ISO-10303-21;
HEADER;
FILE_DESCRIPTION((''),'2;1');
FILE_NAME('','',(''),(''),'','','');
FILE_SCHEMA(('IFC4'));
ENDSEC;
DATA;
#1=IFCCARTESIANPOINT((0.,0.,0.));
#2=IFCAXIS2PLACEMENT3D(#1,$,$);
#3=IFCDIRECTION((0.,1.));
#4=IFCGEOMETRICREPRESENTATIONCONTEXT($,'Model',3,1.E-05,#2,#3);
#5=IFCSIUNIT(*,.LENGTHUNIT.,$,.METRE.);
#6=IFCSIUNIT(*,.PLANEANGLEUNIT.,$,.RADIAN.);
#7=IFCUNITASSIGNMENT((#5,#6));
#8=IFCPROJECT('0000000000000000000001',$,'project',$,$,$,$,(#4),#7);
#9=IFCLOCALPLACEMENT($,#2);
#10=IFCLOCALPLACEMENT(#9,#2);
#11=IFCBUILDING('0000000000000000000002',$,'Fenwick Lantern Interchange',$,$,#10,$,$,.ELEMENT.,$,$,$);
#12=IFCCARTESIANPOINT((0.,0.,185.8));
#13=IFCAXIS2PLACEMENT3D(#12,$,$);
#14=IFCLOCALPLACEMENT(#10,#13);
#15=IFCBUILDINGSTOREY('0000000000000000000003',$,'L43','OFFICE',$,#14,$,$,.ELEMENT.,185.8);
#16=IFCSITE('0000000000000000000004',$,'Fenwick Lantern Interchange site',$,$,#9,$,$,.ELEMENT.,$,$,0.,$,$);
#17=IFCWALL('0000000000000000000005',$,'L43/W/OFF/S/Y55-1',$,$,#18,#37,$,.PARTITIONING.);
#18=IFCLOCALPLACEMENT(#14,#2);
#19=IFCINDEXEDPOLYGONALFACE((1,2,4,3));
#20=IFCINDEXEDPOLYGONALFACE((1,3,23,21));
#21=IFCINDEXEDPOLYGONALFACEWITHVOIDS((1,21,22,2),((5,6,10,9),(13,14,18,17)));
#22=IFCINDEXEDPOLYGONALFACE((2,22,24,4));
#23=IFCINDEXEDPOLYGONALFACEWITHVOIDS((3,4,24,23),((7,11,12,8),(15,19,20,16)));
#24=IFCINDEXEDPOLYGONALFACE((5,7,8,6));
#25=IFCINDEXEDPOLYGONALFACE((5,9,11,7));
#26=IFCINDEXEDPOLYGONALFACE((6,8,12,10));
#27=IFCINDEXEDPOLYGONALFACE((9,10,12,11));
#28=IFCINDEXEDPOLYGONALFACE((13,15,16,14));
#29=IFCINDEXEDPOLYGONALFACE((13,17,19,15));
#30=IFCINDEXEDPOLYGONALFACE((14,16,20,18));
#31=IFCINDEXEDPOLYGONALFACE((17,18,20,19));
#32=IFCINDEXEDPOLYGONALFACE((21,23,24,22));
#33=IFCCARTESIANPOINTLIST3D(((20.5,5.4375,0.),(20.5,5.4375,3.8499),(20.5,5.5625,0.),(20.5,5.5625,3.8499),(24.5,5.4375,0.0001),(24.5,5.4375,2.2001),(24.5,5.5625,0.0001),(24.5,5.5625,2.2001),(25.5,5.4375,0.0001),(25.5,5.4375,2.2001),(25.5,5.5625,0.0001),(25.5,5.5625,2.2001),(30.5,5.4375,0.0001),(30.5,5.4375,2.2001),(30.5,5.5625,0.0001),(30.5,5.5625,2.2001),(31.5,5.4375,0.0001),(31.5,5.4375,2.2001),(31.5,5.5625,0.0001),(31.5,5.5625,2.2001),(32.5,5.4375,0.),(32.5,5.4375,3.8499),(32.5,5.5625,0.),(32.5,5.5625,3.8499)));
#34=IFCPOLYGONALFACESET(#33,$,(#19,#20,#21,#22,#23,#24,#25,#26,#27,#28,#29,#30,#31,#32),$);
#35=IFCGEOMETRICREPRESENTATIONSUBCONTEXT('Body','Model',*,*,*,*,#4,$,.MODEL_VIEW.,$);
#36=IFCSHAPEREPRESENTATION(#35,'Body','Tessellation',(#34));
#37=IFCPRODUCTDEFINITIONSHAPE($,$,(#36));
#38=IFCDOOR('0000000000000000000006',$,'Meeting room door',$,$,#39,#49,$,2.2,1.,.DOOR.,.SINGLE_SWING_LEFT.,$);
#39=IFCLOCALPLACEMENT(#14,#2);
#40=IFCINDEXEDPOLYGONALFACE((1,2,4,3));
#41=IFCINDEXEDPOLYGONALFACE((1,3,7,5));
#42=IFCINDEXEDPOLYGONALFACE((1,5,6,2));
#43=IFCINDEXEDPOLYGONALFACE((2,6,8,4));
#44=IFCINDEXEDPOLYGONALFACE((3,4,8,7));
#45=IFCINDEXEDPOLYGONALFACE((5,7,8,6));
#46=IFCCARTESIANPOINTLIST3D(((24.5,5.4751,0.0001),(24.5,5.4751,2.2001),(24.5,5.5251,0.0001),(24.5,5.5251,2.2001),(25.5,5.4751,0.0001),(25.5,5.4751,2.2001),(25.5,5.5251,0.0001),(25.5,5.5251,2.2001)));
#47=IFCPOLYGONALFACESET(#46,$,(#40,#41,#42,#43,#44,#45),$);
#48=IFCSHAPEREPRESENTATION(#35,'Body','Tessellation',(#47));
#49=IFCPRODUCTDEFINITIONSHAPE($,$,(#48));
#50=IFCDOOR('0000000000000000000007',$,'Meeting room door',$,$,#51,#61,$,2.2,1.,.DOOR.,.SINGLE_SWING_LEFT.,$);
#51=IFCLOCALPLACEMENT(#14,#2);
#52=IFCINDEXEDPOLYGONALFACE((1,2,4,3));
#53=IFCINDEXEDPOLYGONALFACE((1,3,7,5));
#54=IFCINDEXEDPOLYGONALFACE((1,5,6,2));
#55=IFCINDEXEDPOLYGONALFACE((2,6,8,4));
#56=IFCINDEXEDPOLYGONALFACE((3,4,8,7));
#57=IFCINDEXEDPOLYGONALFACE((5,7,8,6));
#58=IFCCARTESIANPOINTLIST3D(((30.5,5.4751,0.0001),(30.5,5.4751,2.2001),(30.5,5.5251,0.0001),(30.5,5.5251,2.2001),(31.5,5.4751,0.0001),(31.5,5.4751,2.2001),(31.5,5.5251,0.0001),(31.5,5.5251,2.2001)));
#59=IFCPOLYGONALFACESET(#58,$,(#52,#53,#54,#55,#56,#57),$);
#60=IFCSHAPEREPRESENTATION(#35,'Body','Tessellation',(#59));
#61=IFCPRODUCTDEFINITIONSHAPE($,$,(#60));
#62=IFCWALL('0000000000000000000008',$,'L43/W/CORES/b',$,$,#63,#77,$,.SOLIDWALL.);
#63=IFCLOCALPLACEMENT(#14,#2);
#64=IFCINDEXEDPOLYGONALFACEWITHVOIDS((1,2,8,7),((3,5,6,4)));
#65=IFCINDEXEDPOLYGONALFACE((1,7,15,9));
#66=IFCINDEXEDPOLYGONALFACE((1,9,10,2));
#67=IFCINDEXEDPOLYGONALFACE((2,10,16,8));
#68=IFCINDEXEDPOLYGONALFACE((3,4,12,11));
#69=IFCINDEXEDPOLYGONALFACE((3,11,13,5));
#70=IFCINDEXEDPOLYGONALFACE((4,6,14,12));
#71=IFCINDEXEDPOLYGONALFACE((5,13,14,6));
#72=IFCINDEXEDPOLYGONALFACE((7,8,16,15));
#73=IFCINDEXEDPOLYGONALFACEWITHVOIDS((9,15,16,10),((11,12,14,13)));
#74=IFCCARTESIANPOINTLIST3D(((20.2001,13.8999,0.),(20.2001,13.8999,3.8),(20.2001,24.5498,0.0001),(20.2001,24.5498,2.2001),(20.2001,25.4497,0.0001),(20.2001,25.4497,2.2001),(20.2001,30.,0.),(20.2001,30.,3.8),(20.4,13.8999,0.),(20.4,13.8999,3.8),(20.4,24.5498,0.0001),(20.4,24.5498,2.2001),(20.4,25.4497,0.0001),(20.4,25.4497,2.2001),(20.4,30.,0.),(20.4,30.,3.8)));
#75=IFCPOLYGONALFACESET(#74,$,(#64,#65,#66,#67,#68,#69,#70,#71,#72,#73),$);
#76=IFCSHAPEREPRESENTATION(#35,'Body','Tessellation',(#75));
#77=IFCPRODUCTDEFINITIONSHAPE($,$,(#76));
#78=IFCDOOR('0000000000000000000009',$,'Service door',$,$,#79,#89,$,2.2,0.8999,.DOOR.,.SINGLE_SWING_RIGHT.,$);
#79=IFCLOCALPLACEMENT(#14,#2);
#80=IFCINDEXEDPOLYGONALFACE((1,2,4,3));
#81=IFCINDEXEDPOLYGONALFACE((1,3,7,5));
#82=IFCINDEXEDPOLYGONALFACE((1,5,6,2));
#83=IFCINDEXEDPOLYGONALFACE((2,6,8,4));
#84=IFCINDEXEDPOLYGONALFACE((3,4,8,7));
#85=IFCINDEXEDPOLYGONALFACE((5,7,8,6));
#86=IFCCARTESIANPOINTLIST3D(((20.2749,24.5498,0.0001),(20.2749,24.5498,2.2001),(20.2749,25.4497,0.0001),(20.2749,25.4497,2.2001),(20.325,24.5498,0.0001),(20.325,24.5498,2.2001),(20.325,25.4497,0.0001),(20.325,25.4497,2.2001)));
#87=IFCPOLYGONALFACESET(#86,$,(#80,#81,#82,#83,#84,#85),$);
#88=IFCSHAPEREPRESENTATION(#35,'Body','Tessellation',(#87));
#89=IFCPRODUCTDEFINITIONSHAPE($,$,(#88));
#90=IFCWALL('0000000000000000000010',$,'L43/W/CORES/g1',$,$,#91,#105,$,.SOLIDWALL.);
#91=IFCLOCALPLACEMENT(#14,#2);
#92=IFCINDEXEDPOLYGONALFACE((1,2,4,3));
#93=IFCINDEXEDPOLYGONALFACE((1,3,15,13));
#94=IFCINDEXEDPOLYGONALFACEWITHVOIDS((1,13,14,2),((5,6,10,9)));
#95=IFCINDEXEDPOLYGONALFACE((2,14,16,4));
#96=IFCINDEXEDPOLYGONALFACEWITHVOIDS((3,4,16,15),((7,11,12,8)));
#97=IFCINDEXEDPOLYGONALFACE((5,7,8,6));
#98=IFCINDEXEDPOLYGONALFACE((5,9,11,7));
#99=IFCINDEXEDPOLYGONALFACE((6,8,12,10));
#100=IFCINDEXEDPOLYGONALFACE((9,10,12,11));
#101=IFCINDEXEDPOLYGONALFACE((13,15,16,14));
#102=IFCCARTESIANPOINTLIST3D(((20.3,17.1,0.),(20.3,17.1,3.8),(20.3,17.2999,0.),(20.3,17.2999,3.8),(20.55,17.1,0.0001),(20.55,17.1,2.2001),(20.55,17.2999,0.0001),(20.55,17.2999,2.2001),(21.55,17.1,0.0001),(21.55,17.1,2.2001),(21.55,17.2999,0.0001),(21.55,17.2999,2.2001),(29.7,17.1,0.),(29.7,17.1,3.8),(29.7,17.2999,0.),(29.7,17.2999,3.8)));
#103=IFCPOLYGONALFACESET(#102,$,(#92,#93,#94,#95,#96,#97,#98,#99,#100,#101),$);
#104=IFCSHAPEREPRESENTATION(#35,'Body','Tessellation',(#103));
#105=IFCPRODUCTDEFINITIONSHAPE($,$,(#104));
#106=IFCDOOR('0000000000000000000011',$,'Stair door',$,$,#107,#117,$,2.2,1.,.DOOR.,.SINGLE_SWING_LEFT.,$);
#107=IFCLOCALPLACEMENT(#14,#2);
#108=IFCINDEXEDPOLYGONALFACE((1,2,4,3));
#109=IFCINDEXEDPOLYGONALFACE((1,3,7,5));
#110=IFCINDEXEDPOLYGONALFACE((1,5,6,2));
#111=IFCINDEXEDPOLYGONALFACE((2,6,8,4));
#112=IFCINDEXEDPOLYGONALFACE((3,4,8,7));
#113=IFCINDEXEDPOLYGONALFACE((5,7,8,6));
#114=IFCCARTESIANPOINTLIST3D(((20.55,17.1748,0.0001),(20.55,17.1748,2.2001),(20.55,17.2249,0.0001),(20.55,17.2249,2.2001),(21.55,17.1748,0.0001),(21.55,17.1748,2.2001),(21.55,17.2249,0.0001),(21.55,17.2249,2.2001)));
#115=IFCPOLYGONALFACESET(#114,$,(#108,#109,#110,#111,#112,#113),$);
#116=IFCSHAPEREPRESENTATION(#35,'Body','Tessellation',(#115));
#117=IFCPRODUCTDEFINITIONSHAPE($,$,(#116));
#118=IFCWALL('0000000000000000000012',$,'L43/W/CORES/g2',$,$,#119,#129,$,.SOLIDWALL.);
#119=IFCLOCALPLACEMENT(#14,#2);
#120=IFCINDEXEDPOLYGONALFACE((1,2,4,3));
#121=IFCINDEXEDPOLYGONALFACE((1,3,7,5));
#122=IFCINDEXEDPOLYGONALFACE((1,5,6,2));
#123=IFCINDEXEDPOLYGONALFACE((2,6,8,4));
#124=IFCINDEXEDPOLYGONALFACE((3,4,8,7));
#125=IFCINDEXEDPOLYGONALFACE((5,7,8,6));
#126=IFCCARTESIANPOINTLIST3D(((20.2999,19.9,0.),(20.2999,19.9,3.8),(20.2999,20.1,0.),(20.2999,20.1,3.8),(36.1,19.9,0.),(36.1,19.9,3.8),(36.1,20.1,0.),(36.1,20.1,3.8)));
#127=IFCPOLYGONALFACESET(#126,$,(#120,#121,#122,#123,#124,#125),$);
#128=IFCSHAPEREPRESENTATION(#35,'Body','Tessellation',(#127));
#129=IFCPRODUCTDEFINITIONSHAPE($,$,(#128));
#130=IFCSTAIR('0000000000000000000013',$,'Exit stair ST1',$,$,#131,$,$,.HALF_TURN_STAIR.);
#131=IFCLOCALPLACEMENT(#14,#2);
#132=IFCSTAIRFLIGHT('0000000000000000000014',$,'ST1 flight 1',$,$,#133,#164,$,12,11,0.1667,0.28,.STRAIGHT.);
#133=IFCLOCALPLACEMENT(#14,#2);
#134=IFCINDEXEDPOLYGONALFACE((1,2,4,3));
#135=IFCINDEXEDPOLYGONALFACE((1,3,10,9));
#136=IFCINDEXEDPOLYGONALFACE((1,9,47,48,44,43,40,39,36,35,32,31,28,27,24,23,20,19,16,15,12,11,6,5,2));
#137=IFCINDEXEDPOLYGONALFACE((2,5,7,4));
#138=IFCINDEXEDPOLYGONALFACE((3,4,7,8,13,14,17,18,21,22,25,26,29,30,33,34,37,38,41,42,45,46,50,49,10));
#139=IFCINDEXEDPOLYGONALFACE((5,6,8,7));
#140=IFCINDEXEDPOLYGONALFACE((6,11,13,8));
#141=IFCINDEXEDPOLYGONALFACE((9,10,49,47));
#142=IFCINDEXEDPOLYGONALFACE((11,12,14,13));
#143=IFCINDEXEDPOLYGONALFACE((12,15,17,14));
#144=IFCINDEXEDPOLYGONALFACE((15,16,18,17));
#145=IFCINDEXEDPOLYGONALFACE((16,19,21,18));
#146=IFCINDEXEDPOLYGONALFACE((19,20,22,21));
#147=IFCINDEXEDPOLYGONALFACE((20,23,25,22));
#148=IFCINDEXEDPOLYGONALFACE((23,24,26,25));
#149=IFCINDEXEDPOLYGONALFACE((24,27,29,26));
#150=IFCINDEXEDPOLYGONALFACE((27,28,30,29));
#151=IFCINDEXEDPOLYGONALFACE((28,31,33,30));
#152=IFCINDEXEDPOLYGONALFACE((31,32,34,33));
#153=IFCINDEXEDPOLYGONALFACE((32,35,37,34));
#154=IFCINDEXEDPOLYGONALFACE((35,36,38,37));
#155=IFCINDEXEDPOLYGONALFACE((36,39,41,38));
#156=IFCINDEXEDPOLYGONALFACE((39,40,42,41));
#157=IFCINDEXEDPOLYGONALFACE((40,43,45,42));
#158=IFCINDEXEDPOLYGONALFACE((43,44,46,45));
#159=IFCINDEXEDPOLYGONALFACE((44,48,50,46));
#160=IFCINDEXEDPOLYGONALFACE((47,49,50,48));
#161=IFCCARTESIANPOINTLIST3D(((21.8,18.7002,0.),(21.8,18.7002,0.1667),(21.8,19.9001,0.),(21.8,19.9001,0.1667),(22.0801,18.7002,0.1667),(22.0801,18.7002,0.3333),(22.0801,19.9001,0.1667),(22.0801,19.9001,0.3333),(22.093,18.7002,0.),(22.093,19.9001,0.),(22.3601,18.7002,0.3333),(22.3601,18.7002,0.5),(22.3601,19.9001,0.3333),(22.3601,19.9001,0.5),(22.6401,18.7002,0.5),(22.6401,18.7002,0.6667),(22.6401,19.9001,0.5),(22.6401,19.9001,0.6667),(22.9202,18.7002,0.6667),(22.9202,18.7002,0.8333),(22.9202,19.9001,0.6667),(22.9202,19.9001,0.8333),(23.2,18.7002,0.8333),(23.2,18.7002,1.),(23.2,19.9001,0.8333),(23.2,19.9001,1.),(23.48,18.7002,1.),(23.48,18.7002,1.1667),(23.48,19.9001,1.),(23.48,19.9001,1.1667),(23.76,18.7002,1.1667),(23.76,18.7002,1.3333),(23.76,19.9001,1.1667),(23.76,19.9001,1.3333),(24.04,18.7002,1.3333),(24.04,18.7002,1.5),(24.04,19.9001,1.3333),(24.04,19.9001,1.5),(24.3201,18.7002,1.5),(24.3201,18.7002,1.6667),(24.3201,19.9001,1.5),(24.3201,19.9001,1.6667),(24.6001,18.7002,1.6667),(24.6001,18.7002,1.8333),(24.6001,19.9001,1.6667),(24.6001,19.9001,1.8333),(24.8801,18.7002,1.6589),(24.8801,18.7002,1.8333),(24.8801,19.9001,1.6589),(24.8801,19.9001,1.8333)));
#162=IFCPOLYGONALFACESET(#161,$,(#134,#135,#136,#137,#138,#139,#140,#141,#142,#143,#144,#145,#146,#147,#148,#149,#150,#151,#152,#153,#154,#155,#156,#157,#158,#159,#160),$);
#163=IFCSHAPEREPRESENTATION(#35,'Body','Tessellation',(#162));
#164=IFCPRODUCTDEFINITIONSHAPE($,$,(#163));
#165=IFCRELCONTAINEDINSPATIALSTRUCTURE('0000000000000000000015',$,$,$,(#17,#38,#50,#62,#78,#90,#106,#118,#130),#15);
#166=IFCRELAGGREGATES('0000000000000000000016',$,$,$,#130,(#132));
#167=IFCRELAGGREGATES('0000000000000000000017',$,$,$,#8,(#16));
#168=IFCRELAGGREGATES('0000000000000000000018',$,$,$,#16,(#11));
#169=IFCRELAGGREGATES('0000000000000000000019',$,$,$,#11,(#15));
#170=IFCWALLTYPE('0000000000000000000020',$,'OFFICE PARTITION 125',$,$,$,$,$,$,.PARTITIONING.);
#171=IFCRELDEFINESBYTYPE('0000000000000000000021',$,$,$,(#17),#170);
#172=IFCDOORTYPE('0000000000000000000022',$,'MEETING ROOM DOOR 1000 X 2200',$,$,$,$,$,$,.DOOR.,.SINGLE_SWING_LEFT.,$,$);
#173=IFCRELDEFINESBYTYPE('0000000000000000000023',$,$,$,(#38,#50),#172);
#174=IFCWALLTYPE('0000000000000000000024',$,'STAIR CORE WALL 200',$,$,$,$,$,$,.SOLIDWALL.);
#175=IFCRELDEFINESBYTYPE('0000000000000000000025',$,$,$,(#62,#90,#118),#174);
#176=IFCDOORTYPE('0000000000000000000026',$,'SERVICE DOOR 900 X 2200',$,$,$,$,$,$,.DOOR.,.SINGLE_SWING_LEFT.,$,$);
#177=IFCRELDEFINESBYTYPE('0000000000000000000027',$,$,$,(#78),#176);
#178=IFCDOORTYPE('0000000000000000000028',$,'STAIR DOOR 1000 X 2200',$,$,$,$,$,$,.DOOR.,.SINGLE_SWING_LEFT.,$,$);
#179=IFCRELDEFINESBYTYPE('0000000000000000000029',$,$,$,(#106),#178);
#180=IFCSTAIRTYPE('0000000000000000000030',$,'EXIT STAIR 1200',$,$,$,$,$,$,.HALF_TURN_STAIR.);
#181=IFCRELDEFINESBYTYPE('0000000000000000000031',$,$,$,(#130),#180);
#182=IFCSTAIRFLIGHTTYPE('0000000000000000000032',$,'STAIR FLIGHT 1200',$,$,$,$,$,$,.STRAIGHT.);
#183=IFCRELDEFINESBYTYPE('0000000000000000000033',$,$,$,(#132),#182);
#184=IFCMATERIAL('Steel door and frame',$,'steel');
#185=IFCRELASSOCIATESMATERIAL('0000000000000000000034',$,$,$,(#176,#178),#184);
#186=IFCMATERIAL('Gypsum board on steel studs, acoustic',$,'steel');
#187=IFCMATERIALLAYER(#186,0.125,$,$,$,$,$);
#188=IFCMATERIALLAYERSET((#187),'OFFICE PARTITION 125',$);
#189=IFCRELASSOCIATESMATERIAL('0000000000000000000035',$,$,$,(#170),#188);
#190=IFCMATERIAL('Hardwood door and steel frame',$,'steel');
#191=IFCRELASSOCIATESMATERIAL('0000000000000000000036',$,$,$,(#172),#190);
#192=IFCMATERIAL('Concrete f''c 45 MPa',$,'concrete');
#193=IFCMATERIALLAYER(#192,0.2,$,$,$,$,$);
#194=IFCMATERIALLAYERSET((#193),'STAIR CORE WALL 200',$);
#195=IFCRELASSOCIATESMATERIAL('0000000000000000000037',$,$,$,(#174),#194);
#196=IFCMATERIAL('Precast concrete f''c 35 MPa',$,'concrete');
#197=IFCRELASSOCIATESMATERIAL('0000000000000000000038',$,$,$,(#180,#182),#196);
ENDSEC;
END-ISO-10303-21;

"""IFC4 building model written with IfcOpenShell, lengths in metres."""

from ifc_helpers import new_model, si_unit, direction, frame, frame_2d, origin, place, context, subcontext, project, spatial, polyline, rectangle, outline, extrude, material, layer, layer_set, type_object, element, fill, aggregate, save


model = new_model("IFC4")

# Units and contexts
model_context = context("Model", 3, precision=1e-05, world=origin(), true_north=direction((0.0, 1.0)))
body_context = subcontext(model_context, "Body", "Model", "MODEL_VIEW")
ifc_project = project(units=[si_unit("LENGTHUNIT", "METRE"), si_unit("PLANEANGLEUNIT", "RADIAN")], contexts=[model_context])

# Site, building, storey
site_placement = place(None, origin())
site = spatial("IfcSite", under=ifc_project, at=site_placement, Name="Fenwick Lantern Interchange site", CompositionType="ELEMENT", RefElevation=0.0)
building_placement = place(site_placement, origin())
building = spatial("IfcBuilding", under=site, at=building_placement, Name="Fenwick Lantern Interchange", CompositionType="ELEMENT")
storey_placement = place(building_placement, frame((0.0, 0.0, 185.8)))
storey = spatial("IfcBuildingStorey", under=building, at=storey_placement, Name="L43", Description="OFFICE", CompositionType="ELEMENT", Elevation=185.8)

# Shared definitions
ifc_material_1 = material(Name="Steel door and frame", Category="steel")
door_type_1 = type_object("IfcDoorType", Name="SERVICE DOOR 900 X 2200", OperationType="SINGLE_SWING_LEFT", PredefinedType="DOOR", material=ifc_material_1)

# Shared definitions
ifc_material_2 = material(Name="Gypsum board on steel studs, acoustic", Category="steel")
ifc_layer_1 = layer(ifc_material_2, 0.125)
ifc_layer_set_1 = layer_set([ifc_layer_1], Name="OFFICE PARTITION 125")
wall_type_1 = type_object("IfcWallType", Name="OFFICE PARTITION 125", PredefinedType="PARTITIONING", material=ifc_layer_set_1)

# Wall, openings, doors
wall_1_placement = place(storey_placement, frame((20.5, 5.5, 0.0), z_axis=(0.0, 0.0, 1.0), x_axis=(1.0, 0.0, 0.0)))
wall_1 = element("IfcWall", 1, at=wall_1_placement, inside=storey, type_object=wall_type_1, Name="L43/W/OFF/S/Y55-1", PredefinedType="PARTITIONING", context=body_context, shape_type="SweptSolid", body=[
    extrude(rectangle(XDim=12.0, YDim=0.125, at=frame_2d((6.0, 0.0))), origin(), (0.0, 0.0, 1.0), 3.8499),
])
opening_1_placement = place(wall_1_placement, frame((4.0, 0.0, 0.0)))
opening_1 = element("IfcOpeningElement", 2, at=opening_1_placement, cuts=wall_1, PredefinedType="OPENING", context=body_context, shape_type="SweptSolid", body=[
    extrude(rectangle(XDim=1.0, YDim=2.2, at=frame_2d((0.5, 1.1001))), frame((0.0, 0.0725, 0.0), z_axis=(0.0, -1.0, 0.0), x_axis=(1.0, 0.0, 0.0)), (0.0, 0.0, 1.0), 0.145),
])
opening_2_placement = place(wall_1_placement, frame((10.0, 0.0, 0.0)))
opening_2 = element("IfcOpeningElement", 3, at=opening_2_placement, cuts=wall_1, PredefinedType="OPENING", context=body_context, shape_type="SweptSolid", body=[
    extrude(rectangle(XDim=1.0, YDim=2.2, at=frame_2d((0.5, 1.1001))), frame((0.0, 0.0725, 0.0), z_axis=(0.0, -1.0, 0.0), x_axis=(1.0, 0.0, 0.0)), (0.0, 0.0, 1.0), 0.145),
])
ifc_material_3 = material(Name="Hardwood door and steel frame", Category="steel")
door_type_2 = type_object("IfcDoorType", Name="MEETING ROOM DOOR 1000 X 2200", OperationType="SINGLE_SWING_LEFT", PredefinedType="DOOR", material=ifc_material_3)
door_1_placement = place(opening_1_placement, frame((1.0, 0.0, 0.0), z_axis=(0.0, 0.0, 1.0), x_axis=(-1.0, 0.0, 0.0)))
door_1 = element("IfcDoor", 4, at=door_1_placement, inside=storey, type_object=door_type_2, Name="Meeting room door", OperationType="SINGLE_SWING_LEFT", OverallHeight=2.2, OverallWidth=1.0, PredefinedType="DOOR", context=body_context, shape_type="SweptSolid", body=[
    extrude(rectangle(XDim=1.0, YDim=2.2, at=frame_2d((0.5, 1.1001))), frame((0.0, 0.0249, 0.0), z_axis=(0.0, -1.0, 0.0), x_axis=(1.0, 0.0, 0.0)), (0.0, 0.0, 1.0), 0.05),
])
fill(opening_1, door_1)
door_2_placement = place(opening_2_placement, frame((1.0, 0.0, 0.0), z_axis=(0.0, 0.0, 1.0), x_axis=(-1.0, 0.0, 0.0)))
door_2 = element("IfcDoor", 5, at=door_2_placement, inside=storey, type_object=door_type_2, Name="Meeting room door", OperationType="SINGLE_SWING_LEFT", OverallHeight=2.2, OverallWidth=1.0, PredefinedType="DOOR", context=body_context, shape_type="SweptSolid", body=[
    extrude(rectangle(XDim=1.0, YDim=2.2, at=frame_2d((0.5, 1.1001))), frame((0.0, 0.0249, 0.0), z_axis=(0.0, -1.0, 0.0), x_axis=(1.0, 0.0, 0.0)), (0.0, 0.0, 1.0), 0.05),
])
fill(opening_2, door_2)

# Walls, openings, doors
ifc_material_4 = material(Name="Concrete f'c 45 MPa", Category="concrete")
ifc_layer_2 = layer(ifc_material_4, 0.2)
ifc_layer_set_2 = layer_set([ifc_layer_2], Name="STAIR CORE WALL 200")
wall_type_2 = type_object("IfcWallType", Name="STAIR CORE WALL 200", PredefinedType="SOLIDWALL", material=ifc_layer_set_2)
wall_2_placement = place(storey_placement, frame((20.3, 13.8999, 0.0), z_axis=(0.0, 0.0, 1.0), x_axis=(0.0, 1.0, 0.0)))
wall_2 = element("IfcWall", 6, at=wall_2_placement, inside=storey, type_object=wall_type_2, Name="L43/W/CORES/b", PredefinedType="SOLIDWALL", context=body_context, shape_type="SweptSolid", body=[
    extrude(rectangle(XDim=16.1001, YDim=0.2, at=frame_2d((8.05, 0.0))), origin(), (0.0, 0.0, 1.0), 3.8),
])
opening_3_placement = place(wall_2_placement, frame((10.6499, 0.0, 0.0)))
opening_3 = element("IfcOpeningElement", 7, at=opening_3_placement, cuts=wall_2, PredefinedType="OPENING", context=body_context, shape_type="SweptSolid", body=[
    extrude(rectangle(XDim=0.8999, YDim=2.2, at=frame_2d((0.45, 1.1001))), frame((0.0, 0.1099, 0.0), z_axis=(0.0, -1.0, 0.0), x_axis=(1.0, 0.0, 0.0)), (0.0, 0.0, 1.0), 0.22),
])
door_3_placement = place(opening_3_placement, frame((0.8999, 0.0, 0.0), z_axis=(0.0, 0.0, 1.0), x_axis=(-1.0, 0.0, 0.0)))
door_3 = element("IfcDoor", 8, at=door_3_placement, inside=storey, type_object=door_type_1, Name="Service door", OperationType="SINGLE_SWING_RIGHT", OverallHeight=2.2, OverallWidth=0.8999, PredefinedType="DOOR", context=body_context, shape_type="SweptSolid", body=[
    extrude(rectangle(XDim=0.8999, YDim=2.2, at=frame_2d((0.45, 1.1001))), frame((0.0, 0.0249, 0.0), z_axis=(0.0, -1.0, 0.0), x_axis=(1.0, 0.0, 0.0)), (0.0, 0.0, 1.0), 0.05),
])
fill(opening_3, door_3)
wall_3_placement = place(storey_placement, frame((20.3, 17.2, 0.0), z_axis=(0.0, 0.0, 1.0), x_axis=(1.0, 0.0, 0.0)))
wall_3 = element("IfcWall", 9, at=wall_3_placement, inside=storey, type_object=wall_type_2, Name="L43/W/CORES/g1", PredefinedType="SOLIDWALL", context=body_context, shape_type="SweptSolid", body=[
    extrude(rectangle(XDim=9.3999, YDim=0.2, at=frame_2d((4.7, 0.0))), origin(), (0.0, 0.0, 1.0), 3.8),
])
opening_4_placement = place(wall_3_placement, frame((0.25, 0.0, 0.0)))
opening_4 = element("IfcOpeningElement", 10, at=opening_4_placement, cuts=wall_3, PredefinedType="OPENING", context=body_context, shape_type="SweptSolid", body=[
    extrude(rectangle(XDim=1.0, YDim=2.2, at=frame_2d((0.5, 1.1001))), frame((0.0, 0.1099, 0.0), z_axis=(0.0, -1.0, 0.0), x_axis=(1.0, 0.0, 0.0)), (0.0, 0.0, 1.0), 0.22),
])
door_type_3 = type_object("IfcDoorType", Name="STAIR DOOR 1000 X 2200", OperationType="SINGLE_SWING_LEFT", PredefinedType="DOOR", material=ifc_material_1)
door_4_placement = place(opening_4_placement, origin())
door_4 = element("IfcDoor", 11, at=door_4_placement, inside=storey, type_object=door_type_3, Name="Stair door", OperationType="SINGLE_SWING_LEFT", OverallHeight=2.2, OverallWidth=1.0, PredefinedType="DOOR", context=body_context, shape_type="SweptSolid", body=[
    extrude(rectangle(XDim=1.0, YDim=2.2, at=frame_2d((0.5, 1.1001))), frame((0.0, 0.0249, 0.0), z_axis=(0.0, -1.0, 0.0), x_axis=(1.0, 0.0, 0.0)), (0.0, 0.0, 1.0), 0.05),
])
fill(opening_4, door_4)

# Wall
wall_4_placement = place(storey_placement, frame((20.3, 20.0, 0.0), z_axis=(0.0, 0.0, 1.0), x_axis=(1.0, 0.0, 0.0)))
element("IfcWall", 12, at=wall_4_placement, inside=storey, type_object=wall_type_2, Name="L43/W/CORES/g2", PredefinedType="SOLIDWALL", context=body_context, shape_type="SweptSolid", body=[
    extrude(rectangle(XDim=15.8, YDim=0.2, at=frame_2d((7.8999, 0.0))), origin(), (0.0, 0.0, 1.0), 3.8),
])

# Stair, stair flight
ifc_material_5 = material(Name="Precast concrete f'c 35 MPa", Category="concrete")
stair_type = type_object("IfcStairType", Name="EXIT STAIR 1200", PredefinedType="HALF_TURN_STAIR", material=ifc_material_5)
stair_placement = place(storey_placement, origin())
stair = element("IfcStair", 13, at=stair_placement, inside=storey, type_object=stair_type, Name="Exit stair ST1", PredefinedType="HALF_TURN_STAIR")
stair_flight_type = type_object("IfcStairFlightType", Name="STAIR FLIGHT 1200", PredefinedType="STRAIGHT", material=ifc_material_5)
stair_flight_1_placement = place(storey_placement, frame((21.8, 19.3, 0.0), z_axis=(0.0, 0.0, 1.0), x_axis=(1.0, 0.0, 0.0)))
stair_flight_1 = element("IfcStairFlight", 14, at=stair_flight_1_placement, type_object=stair_flight_type, Name="ST1 flight 1", NumberOfRisers=12, NumberOfTreads=11, PredefinedType="STRAIGHT", RiserHeight=0.1667, TreadLength=0.28, context=body_context, shape_type="SweptSolid", body=[
    extrude(outline(polyline([(0.0, 0.0), (0.0, 0.1667), (0.28, 0.1667), (0.28, 0.3333), (0.5601, 0.3333), (0.5601, 0.5), (0.8401, 0.5), (0.8401, 0.6667), (1.1201, 0.6667), (1.1201, 0.8333), (1.3999, 0.8333), (1.3999, 1.0), (1.6799, 1.0), (1.6799, 1.1667), (1.96, 1.1667), (1.96, 1.3333), (2.24, 1.3333), (2.24, 1.5), (2.52, 1.5), (2.52, 1.6667), (2.8, 1.6667), (2.8, 1.8333), (3.0801, 1.8333), (3.0801, 2.0), (3.0801, 1.6589), (0.293, 0.0), (0.0, 0.0)])), frame((0.0, 0.6001, 0.0), z_axis=(0.0, -1.0, 0.0), x_axis=(1.0, 0.0, 0.0)), (0.0, 0.0, 1.0), 1.2),
])
aggregate(stair, [stair_flight_1])

save(model, "model.ifc")
